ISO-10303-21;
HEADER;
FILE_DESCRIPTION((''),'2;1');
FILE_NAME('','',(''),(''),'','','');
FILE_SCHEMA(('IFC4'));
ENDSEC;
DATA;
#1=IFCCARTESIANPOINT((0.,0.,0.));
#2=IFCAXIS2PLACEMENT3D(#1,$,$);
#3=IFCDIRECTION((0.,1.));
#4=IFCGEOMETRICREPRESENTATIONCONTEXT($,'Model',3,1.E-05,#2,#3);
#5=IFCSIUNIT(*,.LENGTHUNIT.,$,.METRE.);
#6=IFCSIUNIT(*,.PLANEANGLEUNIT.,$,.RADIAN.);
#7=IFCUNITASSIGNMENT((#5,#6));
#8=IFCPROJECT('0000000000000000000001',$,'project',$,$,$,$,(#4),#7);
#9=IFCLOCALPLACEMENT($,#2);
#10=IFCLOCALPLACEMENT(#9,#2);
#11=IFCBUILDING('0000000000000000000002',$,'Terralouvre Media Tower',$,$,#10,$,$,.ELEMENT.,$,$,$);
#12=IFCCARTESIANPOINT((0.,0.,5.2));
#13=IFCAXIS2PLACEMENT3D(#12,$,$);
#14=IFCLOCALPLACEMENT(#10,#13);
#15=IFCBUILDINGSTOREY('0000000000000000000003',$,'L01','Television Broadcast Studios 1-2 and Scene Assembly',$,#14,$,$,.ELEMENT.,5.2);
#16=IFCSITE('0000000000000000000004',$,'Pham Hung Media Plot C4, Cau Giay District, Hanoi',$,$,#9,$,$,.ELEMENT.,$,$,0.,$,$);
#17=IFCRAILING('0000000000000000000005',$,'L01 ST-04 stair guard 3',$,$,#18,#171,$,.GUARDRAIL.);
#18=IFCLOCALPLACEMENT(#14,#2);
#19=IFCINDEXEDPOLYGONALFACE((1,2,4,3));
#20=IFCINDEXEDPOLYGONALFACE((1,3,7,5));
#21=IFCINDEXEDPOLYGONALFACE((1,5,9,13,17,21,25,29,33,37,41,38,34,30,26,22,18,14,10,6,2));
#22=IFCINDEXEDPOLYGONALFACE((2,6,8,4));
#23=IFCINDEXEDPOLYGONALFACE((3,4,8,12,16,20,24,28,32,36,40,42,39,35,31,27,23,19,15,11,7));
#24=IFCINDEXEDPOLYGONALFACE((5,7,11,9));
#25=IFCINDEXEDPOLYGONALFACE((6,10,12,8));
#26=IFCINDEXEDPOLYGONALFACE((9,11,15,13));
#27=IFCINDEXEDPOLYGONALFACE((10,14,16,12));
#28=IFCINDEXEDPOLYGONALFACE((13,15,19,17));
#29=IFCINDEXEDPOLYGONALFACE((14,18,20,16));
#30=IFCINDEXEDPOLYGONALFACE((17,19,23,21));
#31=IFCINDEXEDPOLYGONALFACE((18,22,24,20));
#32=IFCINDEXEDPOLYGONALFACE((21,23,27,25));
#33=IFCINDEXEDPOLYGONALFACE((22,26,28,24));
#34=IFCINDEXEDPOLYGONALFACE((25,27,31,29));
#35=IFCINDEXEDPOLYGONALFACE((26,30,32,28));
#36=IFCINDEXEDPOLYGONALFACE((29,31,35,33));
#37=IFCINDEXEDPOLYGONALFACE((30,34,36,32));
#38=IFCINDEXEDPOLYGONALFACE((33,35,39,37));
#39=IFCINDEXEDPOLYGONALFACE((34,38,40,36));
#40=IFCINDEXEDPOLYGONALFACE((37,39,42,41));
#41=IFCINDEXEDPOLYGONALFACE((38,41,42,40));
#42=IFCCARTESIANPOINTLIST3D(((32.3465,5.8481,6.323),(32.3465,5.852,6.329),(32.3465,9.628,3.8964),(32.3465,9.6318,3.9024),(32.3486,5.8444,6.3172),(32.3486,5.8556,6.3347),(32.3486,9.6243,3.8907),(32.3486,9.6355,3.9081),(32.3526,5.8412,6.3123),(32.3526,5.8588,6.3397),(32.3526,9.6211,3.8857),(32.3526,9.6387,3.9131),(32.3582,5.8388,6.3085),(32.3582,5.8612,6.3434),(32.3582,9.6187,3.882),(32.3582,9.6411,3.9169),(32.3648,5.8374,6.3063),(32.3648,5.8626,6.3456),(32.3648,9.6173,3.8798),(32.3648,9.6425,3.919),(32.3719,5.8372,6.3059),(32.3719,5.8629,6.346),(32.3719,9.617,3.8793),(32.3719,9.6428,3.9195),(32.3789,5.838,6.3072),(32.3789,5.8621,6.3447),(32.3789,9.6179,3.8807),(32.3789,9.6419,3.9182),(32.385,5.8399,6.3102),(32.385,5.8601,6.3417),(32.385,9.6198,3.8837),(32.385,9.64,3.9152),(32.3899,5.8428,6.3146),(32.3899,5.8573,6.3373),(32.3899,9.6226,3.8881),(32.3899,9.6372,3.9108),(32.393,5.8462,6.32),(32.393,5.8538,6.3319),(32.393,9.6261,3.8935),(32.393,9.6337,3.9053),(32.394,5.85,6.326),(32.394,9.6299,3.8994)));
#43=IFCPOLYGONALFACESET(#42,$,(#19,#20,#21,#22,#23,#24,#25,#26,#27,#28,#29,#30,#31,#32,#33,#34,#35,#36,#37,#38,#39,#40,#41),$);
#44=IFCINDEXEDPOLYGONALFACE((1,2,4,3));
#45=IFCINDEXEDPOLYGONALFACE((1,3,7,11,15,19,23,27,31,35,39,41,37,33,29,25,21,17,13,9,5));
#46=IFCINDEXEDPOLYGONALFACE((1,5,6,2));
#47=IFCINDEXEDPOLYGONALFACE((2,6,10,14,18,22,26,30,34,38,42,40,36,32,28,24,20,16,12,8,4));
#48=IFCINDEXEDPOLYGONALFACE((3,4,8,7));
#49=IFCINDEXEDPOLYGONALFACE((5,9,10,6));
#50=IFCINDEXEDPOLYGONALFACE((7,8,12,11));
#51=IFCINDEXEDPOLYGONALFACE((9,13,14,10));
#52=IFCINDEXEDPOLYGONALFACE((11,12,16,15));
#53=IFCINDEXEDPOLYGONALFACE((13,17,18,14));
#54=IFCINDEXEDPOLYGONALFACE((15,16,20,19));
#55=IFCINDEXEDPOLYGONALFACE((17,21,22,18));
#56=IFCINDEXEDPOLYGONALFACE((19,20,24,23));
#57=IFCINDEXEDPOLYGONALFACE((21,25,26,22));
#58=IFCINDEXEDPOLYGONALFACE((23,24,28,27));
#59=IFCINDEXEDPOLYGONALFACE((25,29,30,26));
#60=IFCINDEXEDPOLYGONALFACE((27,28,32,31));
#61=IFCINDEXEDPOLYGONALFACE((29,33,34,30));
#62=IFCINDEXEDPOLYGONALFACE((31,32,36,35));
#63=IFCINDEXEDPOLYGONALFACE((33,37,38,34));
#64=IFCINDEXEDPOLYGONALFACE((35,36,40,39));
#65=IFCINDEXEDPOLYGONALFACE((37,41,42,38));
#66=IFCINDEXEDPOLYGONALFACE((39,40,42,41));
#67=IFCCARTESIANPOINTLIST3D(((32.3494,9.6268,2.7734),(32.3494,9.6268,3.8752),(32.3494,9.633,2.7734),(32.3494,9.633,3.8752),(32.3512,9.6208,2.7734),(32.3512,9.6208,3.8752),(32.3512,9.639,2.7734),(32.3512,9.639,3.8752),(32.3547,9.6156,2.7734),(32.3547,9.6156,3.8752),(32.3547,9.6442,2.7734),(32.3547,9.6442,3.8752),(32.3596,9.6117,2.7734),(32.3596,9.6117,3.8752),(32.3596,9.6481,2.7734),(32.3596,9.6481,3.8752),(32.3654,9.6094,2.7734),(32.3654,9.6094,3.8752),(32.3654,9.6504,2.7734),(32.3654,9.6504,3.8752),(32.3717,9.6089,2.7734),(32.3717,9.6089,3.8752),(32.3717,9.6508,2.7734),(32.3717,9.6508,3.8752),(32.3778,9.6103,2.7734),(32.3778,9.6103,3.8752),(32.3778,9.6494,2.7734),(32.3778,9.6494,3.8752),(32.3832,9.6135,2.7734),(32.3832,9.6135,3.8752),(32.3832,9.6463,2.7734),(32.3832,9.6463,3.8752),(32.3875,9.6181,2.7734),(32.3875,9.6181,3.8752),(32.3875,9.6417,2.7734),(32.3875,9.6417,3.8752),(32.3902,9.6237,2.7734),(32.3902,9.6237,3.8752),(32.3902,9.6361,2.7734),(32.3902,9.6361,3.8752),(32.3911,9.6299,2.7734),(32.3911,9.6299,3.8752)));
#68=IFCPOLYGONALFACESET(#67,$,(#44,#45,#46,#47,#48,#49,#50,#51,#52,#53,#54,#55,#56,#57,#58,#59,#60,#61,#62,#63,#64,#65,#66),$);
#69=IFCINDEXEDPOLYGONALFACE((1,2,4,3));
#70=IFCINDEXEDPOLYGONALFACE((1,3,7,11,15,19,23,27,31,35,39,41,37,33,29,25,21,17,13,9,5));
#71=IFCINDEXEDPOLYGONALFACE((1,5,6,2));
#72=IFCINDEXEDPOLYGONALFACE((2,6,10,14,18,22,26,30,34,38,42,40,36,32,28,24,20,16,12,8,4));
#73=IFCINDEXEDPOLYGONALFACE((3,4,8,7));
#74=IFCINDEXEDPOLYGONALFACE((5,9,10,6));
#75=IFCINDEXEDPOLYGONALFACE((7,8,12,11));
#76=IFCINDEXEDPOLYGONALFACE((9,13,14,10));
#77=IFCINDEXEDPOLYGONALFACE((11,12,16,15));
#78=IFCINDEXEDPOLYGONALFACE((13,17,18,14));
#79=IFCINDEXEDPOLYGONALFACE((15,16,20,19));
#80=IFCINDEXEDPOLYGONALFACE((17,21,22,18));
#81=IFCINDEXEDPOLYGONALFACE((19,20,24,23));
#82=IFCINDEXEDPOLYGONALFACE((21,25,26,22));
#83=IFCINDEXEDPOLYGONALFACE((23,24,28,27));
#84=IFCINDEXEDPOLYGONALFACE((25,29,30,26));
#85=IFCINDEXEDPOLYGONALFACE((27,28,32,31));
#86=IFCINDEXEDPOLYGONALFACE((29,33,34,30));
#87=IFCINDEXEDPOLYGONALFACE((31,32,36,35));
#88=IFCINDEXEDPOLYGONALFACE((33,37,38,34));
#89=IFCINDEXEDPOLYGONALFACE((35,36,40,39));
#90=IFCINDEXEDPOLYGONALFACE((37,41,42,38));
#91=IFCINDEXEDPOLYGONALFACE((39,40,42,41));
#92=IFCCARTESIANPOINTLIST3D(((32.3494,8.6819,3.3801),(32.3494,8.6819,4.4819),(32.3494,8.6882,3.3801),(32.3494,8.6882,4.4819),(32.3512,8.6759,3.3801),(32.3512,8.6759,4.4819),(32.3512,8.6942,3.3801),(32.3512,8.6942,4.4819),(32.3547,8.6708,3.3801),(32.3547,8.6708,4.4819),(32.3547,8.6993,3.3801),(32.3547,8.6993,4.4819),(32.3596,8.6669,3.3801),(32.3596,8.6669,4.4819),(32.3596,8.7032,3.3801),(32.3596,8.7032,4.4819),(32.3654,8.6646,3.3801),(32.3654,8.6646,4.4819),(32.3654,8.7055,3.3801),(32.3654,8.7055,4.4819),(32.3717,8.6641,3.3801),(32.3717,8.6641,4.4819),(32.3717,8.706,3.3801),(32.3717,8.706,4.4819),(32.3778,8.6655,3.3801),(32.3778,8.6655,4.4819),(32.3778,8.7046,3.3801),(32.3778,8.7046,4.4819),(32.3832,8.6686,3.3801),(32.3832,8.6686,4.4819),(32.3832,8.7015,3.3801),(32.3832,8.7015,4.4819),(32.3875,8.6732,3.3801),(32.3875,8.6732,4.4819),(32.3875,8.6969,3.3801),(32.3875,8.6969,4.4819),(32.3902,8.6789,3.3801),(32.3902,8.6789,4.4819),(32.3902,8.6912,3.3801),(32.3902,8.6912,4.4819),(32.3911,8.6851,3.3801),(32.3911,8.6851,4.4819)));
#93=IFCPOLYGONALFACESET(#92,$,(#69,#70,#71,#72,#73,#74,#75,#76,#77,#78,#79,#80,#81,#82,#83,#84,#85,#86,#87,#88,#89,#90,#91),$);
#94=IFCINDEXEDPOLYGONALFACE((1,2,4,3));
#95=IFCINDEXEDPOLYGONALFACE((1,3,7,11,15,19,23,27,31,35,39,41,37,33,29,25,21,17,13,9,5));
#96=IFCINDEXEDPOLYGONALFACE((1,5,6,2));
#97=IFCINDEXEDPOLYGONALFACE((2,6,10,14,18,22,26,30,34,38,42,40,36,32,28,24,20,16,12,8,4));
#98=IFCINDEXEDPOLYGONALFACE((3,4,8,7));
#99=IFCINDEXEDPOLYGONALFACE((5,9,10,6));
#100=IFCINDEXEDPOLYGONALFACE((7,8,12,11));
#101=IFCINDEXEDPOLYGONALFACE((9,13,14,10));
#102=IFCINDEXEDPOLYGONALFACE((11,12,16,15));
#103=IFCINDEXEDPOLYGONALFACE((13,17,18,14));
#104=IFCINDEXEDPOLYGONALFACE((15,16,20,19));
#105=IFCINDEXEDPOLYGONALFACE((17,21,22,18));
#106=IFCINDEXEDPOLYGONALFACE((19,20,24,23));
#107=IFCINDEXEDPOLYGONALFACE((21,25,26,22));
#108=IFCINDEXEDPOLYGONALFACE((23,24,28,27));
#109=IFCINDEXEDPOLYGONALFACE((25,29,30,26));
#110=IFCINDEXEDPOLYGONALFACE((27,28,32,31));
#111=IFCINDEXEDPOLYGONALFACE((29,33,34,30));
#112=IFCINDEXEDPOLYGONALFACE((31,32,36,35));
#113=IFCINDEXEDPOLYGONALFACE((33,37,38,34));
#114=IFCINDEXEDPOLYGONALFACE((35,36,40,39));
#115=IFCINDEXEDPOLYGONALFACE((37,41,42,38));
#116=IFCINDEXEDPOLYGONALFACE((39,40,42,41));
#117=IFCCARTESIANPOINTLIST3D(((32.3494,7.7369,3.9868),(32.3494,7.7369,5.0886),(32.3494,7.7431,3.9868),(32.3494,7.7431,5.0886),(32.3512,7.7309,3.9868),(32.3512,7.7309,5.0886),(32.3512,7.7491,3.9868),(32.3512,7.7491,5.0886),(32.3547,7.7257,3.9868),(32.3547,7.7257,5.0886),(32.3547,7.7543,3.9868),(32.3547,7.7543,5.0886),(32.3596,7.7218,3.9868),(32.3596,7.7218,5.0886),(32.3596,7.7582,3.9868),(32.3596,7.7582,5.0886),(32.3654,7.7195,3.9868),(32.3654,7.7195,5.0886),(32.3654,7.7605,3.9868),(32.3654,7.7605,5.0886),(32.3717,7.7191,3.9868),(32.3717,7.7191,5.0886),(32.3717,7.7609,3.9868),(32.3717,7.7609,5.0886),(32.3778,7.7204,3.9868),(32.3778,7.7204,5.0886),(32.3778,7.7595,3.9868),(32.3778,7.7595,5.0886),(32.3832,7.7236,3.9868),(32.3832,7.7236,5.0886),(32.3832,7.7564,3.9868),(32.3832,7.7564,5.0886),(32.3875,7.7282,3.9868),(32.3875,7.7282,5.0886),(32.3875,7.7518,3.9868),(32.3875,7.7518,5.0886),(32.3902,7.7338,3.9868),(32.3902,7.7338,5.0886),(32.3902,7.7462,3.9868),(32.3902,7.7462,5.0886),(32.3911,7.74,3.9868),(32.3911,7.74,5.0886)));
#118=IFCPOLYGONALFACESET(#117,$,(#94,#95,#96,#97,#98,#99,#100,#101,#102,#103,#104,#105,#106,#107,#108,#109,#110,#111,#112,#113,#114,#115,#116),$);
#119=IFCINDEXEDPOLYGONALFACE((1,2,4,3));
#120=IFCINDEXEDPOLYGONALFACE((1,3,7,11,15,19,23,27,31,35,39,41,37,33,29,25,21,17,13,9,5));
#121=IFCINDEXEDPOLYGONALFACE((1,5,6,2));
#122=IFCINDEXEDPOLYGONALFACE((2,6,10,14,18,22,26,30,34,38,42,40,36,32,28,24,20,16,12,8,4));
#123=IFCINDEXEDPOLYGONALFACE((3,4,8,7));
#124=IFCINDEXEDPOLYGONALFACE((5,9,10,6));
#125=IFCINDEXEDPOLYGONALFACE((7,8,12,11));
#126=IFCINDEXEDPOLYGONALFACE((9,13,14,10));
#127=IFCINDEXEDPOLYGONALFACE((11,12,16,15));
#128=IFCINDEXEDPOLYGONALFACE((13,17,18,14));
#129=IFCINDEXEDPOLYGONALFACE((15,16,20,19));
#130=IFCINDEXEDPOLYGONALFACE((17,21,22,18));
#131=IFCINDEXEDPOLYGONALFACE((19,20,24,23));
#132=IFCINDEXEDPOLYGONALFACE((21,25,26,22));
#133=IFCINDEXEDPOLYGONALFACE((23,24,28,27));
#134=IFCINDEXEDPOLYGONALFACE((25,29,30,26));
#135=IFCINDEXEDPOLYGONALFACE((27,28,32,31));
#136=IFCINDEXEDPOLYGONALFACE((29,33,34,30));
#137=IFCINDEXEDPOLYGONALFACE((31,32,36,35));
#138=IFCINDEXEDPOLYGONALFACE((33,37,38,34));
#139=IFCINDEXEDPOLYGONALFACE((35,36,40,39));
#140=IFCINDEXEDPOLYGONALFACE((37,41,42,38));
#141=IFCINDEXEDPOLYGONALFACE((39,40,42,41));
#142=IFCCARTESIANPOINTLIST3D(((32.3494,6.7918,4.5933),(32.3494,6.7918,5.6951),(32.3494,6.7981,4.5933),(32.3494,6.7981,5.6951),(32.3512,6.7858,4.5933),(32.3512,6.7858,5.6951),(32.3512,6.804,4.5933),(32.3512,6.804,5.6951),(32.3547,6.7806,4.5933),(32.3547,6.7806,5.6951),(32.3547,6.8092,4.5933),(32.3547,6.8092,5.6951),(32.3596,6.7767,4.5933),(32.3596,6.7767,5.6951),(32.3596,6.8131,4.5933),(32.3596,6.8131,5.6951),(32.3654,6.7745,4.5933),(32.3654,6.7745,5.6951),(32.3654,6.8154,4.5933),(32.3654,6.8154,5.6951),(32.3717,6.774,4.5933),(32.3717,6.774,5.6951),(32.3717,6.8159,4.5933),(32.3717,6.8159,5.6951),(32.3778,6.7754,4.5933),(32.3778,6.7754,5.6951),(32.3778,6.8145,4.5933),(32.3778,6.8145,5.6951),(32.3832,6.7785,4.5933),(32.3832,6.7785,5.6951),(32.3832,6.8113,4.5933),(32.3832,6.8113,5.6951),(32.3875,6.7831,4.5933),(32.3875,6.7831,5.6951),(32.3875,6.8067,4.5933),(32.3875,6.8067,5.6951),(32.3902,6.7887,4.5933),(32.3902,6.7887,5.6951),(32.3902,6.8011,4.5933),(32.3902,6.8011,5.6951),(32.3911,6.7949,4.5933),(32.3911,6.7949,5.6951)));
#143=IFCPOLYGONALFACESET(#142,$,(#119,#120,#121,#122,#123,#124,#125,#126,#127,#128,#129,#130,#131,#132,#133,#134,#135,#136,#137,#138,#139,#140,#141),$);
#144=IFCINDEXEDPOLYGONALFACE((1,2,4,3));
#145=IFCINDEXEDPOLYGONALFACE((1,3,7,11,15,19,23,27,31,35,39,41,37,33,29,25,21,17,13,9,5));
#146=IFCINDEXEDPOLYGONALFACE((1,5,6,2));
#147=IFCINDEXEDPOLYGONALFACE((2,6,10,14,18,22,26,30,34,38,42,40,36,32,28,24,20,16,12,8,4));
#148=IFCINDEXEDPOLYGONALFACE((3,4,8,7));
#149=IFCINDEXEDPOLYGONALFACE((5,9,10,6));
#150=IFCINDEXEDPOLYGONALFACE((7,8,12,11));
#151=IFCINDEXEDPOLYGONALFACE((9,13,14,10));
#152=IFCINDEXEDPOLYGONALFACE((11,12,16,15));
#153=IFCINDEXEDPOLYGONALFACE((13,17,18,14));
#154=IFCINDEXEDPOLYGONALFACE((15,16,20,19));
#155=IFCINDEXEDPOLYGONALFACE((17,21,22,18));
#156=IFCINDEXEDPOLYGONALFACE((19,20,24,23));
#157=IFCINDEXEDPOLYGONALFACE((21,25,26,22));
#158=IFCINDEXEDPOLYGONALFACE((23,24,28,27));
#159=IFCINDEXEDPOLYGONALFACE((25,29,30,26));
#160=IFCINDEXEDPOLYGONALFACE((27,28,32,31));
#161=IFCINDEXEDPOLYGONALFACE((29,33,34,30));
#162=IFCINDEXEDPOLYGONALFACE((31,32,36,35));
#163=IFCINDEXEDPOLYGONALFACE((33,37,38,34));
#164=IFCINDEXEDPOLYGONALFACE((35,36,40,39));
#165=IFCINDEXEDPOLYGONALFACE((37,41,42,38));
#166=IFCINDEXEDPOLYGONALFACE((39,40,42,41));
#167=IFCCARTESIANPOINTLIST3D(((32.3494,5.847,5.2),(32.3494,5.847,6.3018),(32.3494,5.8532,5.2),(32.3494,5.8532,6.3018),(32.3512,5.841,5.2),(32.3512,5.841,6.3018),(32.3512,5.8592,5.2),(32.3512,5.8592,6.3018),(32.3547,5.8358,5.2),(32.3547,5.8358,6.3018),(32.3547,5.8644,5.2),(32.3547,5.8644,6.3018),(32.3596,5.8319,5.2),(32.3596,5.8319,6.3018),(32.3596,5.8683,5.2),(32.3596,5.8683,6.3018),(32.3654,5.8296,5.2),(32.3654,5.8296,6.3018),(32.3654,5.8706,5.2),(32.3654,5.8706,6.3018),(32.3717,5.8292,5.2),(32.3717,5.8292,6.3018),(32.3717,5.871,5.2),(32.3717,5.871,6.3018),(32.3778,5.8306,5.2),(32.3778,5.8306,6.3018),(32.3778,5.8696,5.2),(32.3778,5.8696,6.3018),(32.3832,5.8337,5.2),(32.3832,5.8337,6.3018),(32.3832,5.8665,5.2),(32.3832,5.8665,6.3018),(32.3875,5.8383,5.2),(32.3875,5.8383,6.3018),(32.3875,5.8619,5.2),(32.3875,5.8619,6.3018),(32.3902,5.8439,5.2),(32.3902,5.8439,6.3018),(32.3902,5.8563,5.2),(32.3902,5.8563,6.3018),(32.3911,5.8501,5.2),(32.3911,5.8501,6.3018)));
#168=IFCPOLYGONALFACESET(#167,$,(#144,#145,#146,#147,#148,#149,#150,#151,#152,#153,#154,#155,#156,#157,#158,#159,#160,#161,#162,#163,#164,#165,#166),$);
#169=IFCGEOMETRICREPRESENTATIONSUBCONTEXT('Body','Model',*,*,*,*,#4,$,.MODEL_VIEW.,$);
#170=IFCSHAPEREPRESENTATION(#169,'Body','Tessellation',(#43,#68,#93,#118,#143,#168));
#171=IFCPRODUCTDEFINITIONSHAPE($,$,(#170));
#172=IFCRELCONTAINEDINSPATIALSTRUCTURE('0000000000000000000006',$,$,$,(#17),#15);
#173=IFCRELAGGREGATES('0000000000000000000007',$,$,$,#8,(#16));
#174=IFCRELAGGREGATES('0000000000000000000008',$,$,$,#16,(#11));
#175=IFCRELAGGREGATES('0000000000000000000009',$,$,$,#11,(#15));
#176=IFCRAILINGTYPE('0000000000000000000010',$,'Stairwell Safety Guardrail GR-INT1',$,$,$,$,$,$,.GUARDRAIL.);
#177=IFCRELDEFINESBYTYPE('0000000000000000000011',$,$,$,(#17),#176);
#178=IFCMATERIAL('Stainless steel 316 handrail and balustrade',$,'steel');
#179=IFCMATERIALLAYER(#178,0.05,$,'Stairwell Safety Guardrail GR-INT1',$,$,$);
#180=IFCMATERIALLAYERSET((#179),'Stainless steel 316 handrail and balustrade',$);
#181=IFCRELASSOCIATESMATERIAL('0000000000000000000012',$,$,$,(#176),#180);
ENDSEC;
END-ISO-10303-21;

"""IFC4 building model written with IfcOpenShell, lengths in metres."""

from ifc_helpers import new_model, si_unit, direction, frame, origin, origin_2d, place, context, subcontext, project, spatial, circle, extrude, material, layer, layer_set, type_object, element, save


model = new_model("IFC4")

# Units and contexts
model_context = context("Model", 3, precision=1e-05, world=origin(), true_north=direction((0.0, 1.0)))
body_context = subcontext(model_context, "Body", "Model", "MODEL_VIEW")
ifc_project = project(units=[si_unit("LENGTHUNIT", "METRE"), si_unit("PLANEANGLEUNIT", "RADIAN")], contexts=[model_context])

# Site, building, storey
site_placement = place(None, origin())
site = spatial("IfcSite", under=ifc_project, at=site_placement, Name="Pham Hung Media Plot C4, Cau Giay District, Hanoi", CompositionType="ELEMENT", RefElevation=0.0)
building_placement = place(site_placement, origin())
building = spatial("IfcBuilding", under=site, at=building_placement, Name="Terralouvre Media Tower", CompositionType="ELEMENT")
storey_placement = place(building_placement, frame((0.0, 0.0, 5.2)))
storey = spatial("IfcBuildingStorey", under=building, at=storey_placement, Name="L01", Description="Television Broadcast Studios 1-2 and Scene Assembly", CompositionType="ELEMENT", Elevation=5.2)

# Railing
ifc_material_1 = material(Name="Stainless steel 316 handrail and balustrade", Category="steel")
ifc_layer_1 = layer(ifc_material_1, 0.05, Name="Stairwell Safety Guardrail GR-INT1")
ifc_layer_set_1 = layer_set([ifc_layer_1], Name="Stainless steel 316 handrail and balustrade")
railing_type_1 = type_object("IfcRailingType", Name="Stairwell Safety Guardrail GR-INT1", PredefinedType="GUARDRAIL", material=ifc_layer_set_1)
railing_1_placement = place(storey_placement, frame((32.3701, 9.6299, 2.7734)))
element("IfcRailing", 1, at=railing_1_placement, inside=storey, type_object=railing_type_1, Name="L01 ST-04 stair guard 3", PredefinedType="GUARDRAIL", context=body_context, shape_type="SweptSolid", body=[
    extrude(circle(Radius=0.0239, at=origin_2d()), frame((0.0, 0.0, 1.126), z_axis=(0.0, -0.841517, 0.54023), x_axis=(1.0, 0.0, 0.0)), (0.0, 0.0, 1.0), 4.4917),
    extrude(circle(Radius=0.021, at=origin_2d()), origin(), (0.0, 0.0, 1.0), 1.1018),
    extrude(circle(Radius=0.021, at=origin_2d()), frame((0.0, -0.9448, 0.6067)), (0.0, 0.0, 1.0), 1.1018),
    extrude(circle(Radius=0.021, at=origin_2d()), frame((0.0, -1.8899, 1.2134)), (0.0, 0.0, 1.0), 1.1018),
    extrude(circle(Radius=0.021, at=origin_2d()), frame((0.0, -2.835, 1.8198)), (0.0, 0.0, 1.0), 1.1018),
    extrude(circle(Radius=0.021, at=origin_2d()), frame((0.0, -3.7798, 2.4265)), (0.0, 0.0, 1.0), 1.1018),
])

save(model, "model.ifc")
